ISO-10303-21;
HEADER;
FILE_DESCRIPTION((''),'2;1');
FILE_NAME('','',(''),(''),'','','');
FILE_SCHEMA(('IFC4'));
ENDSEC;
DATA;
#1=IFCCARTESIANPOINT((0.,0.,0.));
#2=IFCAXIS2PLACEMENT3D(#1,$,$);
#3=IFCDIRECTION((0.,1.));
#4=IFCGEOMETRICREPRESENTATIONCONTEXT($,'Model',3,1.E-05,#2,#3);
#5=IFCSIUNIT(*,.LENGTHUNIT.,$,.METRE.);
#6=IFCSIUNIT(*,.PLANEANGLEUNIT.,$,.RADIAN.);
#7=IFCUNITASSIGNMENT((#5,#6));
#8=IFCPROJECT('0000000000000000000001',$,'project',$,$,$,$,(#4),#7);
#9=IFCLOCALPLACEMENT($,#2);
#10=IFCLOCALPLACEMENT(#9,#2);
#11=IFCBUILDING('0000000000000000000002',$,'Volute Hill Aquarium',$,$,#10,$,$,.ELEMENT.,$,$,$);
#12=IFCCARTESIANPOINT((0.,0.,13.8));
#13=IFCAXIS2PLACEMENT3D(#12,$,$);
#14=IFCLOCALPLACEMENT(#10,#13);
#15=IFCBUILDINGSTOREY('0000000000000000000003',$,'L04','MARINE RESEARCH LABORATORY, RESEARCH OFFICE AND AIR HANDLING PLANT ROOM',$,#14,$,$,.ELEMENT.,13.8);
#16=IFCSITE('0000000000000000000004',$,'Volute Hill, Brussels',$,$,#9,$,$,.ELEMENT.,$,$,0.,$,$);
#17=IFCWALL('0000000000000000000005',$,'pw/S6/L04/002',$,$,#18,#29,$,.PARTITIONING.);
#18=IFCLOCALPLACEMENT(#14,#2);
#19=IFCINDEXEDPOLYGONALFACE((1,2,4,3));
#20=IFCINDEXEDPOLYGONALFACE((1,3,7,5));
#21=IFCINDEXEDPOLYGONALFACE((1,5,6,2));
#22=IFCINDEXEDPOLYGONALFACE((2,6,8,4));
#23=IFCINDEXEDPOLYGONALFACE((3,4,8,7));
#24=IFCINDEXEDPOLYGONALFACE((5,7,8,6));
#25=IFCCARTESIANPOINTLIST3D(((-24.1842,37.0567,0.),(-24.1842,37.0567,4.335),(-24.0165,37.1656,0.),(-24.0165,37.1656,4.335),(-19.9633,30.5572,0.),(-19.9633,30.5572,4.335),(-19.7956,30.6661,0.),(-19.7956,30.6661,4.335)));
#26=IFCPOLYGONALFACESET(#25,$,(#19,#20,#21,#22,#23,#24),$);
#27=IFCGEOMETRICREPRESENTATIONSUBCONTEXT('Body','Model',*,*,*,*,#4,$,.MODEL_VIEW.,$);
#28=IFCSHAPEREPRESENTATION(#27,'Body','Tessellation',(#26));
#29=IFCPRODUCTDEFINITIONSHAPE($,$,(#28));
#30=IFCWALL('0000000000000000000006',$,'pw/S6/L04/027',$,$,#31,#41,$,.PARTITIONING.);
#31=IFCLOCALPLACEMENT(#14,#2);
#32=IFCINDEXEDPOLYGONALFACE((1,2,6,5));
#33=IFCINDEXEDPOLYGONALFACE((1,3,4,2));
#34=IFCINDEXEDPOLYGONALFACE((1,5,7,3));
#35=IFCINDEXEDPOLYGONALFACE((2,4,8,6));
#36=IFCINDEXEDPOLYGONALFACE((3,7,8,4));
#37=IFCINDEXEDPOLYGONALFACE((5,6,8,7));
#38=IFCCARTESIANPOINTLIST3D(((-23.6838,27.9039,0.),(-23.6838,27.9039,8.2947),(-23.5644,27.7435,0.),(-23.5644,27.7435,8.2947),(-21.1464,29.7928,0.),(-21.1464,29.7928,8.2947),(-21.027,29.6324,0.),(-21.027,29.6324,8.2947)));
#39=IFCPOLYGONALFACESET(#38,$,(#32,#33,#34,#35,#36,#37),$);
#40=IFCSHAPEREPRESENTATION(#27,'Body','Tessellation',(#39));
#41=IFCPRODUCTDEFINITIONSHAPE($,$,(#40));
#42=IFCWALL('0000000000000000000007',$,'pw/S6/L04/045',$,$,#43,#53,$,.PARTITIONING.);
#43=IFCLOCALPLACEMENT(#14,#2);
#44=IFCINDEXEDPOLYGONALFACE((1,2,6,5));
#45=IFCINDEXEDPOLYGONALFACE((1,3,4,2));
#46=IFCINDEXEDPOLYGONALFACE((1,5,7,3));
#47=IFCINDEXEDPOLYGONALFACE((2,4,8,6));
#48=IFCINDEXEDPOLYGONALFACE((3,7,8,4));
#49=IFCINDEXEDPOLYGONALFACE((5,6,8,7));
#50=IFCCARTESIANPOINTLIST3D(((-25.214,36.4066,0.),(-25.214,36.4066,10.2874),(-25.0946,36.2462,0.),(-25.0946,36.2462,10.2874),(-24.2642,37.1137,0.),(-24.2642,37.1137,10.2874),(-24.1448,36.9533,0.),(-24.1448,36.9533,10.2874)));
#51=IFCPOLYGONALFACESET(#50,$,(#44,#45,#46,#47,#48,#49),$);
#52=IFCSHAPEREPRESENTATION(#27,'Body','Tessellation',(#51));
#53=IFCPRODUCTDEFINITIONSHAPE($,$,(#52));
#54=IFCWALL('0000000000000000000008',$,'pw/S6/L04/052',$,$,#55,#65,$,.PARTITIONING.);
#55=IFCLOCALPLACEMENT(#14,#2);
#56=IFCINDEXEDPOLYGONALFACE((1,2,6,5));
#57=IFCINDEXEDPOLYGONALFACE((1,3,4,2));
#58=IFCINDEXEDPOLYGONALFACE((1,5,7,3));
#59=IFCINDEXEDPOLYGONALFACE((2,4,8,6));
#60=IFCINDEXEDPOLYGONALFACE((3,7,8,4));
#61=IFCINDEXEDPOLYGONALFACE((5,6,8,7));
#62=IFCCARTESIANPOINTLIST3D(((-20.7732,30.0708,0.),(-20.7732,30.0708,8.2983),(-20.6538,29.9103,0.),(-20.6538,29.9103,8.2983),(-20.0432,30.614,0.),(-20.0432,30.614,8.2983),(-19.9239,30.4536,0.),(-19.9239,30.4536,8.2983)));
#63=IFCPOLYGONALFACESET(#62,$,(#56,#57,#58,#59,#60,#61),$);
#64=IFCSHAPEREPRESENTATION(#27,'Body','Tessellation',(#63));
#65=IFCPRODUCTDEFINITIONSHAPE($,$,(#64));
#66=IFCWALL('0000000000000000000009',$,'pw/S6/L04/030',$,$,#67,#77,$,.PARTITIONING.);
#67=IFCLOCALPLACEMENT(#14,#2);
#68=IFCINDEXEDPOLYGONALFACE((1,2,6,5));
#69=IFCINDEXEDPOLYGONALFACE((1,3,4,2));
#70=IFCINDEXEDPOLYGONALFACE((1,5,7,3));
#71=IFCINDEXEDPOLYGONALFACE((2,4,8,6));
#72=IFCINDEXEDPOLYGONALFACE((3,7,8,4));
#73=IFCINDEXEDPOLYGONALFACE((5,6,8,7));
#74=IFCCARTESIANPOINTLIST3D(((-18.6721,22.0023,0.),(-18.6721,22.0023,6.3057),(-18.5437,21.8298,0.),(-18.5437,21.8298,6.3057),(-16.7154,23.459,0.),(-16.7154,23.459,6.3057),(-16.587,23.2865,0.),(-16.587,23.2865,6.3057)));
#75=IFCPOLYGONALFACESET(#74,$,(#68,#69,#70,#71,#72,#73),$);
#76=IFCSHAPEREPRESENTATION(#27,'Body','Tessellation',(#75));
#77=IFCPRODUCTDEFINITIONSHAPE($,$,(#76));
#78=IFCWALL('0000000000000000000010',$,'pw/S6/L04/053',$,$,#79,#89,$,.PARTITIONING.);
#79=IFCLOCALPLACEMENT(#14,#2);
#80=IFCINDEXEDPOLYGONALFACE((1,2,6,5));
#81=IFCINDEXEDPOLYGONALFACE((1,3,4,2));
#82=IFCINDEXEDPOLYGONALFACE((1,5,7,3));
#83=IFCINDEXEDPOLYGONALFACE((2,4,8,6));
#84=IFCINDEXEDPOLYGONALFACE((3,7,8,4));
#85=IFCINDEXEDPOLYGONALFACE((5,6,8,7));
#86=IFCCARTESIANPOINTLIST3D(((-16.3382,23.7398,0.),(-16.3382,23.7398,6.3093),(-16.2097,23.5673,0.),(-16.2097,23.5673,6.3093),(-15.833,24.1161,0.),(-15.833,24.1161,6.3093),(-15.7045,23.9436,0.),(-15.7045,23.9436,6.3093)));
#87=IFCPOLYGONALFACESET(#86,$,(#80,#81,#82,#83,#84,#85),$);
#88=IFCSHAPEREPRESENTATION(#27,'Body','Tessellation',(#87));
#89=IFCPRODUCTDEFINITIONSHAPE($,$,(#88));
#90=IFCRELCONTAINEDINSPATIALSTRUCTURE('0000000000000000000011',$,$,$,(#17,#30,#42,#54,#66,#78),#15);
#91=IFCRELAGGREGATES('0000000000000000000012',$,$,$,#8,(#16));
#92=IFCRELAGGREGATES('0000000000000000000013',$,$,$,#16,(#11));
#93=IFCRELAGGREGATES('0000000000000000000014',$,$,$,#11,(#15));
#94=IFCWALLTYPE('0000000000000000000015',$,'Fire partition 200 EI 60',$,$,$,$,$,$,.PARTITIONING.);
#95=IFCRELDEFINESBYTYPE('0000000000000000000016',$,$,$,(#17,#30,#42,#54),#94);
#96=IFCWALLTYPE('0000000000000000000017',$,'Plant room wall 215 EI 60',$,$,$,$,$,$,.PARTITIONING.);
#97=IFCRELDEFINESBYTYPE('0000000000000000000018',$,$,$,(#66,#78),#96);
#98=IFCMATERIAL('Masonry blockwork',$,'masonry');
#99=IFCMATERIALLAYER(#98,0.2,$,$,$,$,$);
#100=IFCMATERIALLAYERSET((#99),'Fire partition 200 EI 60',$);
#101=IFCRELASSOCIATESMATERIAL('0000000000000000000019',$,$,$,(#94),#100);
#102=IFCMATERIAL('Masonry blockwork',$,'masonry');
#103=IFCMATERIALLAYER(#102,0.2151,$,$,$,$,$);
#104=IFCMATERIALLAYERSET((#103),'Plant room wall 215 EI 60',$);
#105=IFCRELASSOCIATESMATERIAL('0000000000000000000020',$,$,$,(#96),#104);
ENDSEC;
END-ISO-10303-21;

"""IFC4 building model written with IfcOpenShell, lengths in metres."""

from ifc_helpers import new_model, si_unit, direction, frame, frame_2d, origin, place, context, subcontext, project, spatial, rectangle, extrude, material, layer, layer_set, type_object, element, save


model = new_model("IFC4")

# Units and contexts
model_context = context("Model", 3, precision=1e-05, world=origin(), true_north=direction((0.0, 1.0)))
body_context = subcontext(model_context, "Body", "Model", "MODEL_VIEW")
ifc_project = project(units=[si_unit("LENGTHUNIT", "METRE"), si_unit("PLANEANGLEUNIT", "RADIAN")], contexts=[model_context])

# Site, building, storey
site_placement = place(None, origin())
site = spatial("IfcSite", under=ifc_project, at=site_placement, Name="Volute Hill, Brussels", CompositionType="ELEMENT", RefElevation=0.0)
building_placement = place(site_placement, origin())
building = spatial("IfcBuilding", under=site, at=building_placement, Name="Volute Hill Aquarium", CompositionType="ELEMENT")
storey_placement = place(building_placement, frame((0.0, 0.0, 13.8)))
storey = spatial("IfcBuildingStorey", under=building, at=storey_placement, Name="L04", Description="MARINE RESEARCH LABORATORY, RESEARCH OFFICE AND AIR HANDLING PLANT ROOM", CompositionType="ELEMENT", Elevation=13.8)

# Walls
ifc_material_1 = material(Name="Masonry blockwork", Category="masonry")
ifc_layer_1 = layer(ifc_material_1, 0.2)
ifc_layer_set_1 = layer_set([ifc_layer_1], Name="Fire partition 200 EI 60")
wall_type_1 = type_object("IfcWallType", Name="Fire partition 200 EI 60", PredefinedType="PARTITIONING", material=ifc_layer_set_1)
wall_1_placement = place(storey_placement, frame((-19.8794, 30.6116, 0.0), z_axis=(0.0, 0.0, 1.0), x_axis=(-0.544649, 0.838664, 0.0)))
element("IfcWall", 1, at=wall_1_placement, inside=storey, type_object=wall_type_1, Name="pw/S6/L04/002", PredefinedType="PARTITIONING", context=body_context, shape_type="SweptSolid", body=[
    extrude(rectangle(XDim=7.7498, YDim=0.2, at=frame_2d((3.875, 0.0))), origin(), (0.0, 0.0, 1.0), 4.335),
])
wall_2_placement = place(storey_placement, frame((-23.624, 27.8237, 0.0), z_axis=(0.0, 0.0, 1.0), x_axis=(0.802134, 0.597144, 0.0)))
element("IfcWall", 2, at=wall_2_placement, inside=storey, type_object=wall_type_1, Name="pw/S6/L04/027", PredefinedType="PARTITIONING", context=body_context, shape_type="SweptSolid", body=[
    extrude(rectangle(XDim=3.1633, YDim=0.2, at=frame_2d((1.5815, 0.0))), origin(), (0.0, 0.0, 1.0), 8.2947),
])
wall_3_placement = place(storey_placement, frame((-25.1543, 36.3264, 0.0), z_axis=(0.0, 0.0, 1.0), x_axis=(0.802123, 0.597159, 0.0)))
element("IfcWall", 3, at=wall_3_placement, inside=storey, type_object=wall_type_1, Name="pw/S6/L04/045", PredefinedType="PARTITIONING", context=body_context, shape_type="SweptSolid", body=[
    extrude(rectangle(XDim=1.1841, YDim=0.2, at=frame_2d((0.592, 0.0))), origin(), (0.0, 0.0, 1.0), 10.2874),
])
wall_4_placement = place(storey_placement, frame((-20.7136, 29.9905, 0.0), z_axis=(0.0, 0.0, 1.0), x_axis=(0.802248, 0.596991, 0.0)))
element("IfcWall", 4, at=wall_4_placement, inside=storey, type_object=wall_type_1, Name="pw/S6/L04/052", PredefinedType="PARTITIONING", context=body_context, shape_type="SweptSolid", body=[
    extrude(rectangle(XDim=0.9099, YDim=0.2, at=frame_2d((0.4551, 0.0))), origin(), (0.0, 0.0, 1.0), 8.2983),
])
ifc_material_2 = material(Name="Masonry blockwork", Category="masonry")
ifc_layer_2 = layer(ifc_material_2, 0.2151)
ifc_layer_set_2 = layer_set([ifc_layer_2], Name="Plant room wall 215 EI 60")
wall_type_2 = type_object("IfcWallType", Name="Plant room wall 215 EI 60", PredefinedType="PARTITIONING", material=ifc_layer_set_2)
wall_5_placement = place(storey_placement, frame((-18.6079, 21.916, 0.0), z_axis=(0.0, 0.0, 1.0), x_axis=(0.802121, 0.597162, 0.0)))
element("IfcWall", 5, at=wall_5_placement, inside=storey, type_object=wall_type_2, Name="pw/S6/L04/030", PredefinedType="PARTITIONING", context=body_context, shape_type="SweptSolid", body=[
    extrude(rectangle(XDim=2.4395, YDim=0.2151, at=frame_2d((1.2197, 0.0))), origin(), (0.0, 0.0, 1.0), 6.3057),
])
wall_6_placement = place(storey_placement, frame((-16.2739, 23.6536, 0.0), z_axis=(0.0, 0.0, 1.0), x_axis=(0.801996, 0.59733, 0.0)))
element("IfcWall", 6, at=wall_6_placement, inside=storey, type_object=wall_type_2, Name="pw/S6/L04/053", PredefinedType="PARTITIONING", context=body_context, shape_type="SweptSolid", body=[
    extrude(rectangle(XDim=0.6299, YDim=0.2151, at=frame_2d((0.3149, 0.0))), origin(), (0.0, 0.0, 1.0), 6.3093),
])

save(model, "model.ifc")
